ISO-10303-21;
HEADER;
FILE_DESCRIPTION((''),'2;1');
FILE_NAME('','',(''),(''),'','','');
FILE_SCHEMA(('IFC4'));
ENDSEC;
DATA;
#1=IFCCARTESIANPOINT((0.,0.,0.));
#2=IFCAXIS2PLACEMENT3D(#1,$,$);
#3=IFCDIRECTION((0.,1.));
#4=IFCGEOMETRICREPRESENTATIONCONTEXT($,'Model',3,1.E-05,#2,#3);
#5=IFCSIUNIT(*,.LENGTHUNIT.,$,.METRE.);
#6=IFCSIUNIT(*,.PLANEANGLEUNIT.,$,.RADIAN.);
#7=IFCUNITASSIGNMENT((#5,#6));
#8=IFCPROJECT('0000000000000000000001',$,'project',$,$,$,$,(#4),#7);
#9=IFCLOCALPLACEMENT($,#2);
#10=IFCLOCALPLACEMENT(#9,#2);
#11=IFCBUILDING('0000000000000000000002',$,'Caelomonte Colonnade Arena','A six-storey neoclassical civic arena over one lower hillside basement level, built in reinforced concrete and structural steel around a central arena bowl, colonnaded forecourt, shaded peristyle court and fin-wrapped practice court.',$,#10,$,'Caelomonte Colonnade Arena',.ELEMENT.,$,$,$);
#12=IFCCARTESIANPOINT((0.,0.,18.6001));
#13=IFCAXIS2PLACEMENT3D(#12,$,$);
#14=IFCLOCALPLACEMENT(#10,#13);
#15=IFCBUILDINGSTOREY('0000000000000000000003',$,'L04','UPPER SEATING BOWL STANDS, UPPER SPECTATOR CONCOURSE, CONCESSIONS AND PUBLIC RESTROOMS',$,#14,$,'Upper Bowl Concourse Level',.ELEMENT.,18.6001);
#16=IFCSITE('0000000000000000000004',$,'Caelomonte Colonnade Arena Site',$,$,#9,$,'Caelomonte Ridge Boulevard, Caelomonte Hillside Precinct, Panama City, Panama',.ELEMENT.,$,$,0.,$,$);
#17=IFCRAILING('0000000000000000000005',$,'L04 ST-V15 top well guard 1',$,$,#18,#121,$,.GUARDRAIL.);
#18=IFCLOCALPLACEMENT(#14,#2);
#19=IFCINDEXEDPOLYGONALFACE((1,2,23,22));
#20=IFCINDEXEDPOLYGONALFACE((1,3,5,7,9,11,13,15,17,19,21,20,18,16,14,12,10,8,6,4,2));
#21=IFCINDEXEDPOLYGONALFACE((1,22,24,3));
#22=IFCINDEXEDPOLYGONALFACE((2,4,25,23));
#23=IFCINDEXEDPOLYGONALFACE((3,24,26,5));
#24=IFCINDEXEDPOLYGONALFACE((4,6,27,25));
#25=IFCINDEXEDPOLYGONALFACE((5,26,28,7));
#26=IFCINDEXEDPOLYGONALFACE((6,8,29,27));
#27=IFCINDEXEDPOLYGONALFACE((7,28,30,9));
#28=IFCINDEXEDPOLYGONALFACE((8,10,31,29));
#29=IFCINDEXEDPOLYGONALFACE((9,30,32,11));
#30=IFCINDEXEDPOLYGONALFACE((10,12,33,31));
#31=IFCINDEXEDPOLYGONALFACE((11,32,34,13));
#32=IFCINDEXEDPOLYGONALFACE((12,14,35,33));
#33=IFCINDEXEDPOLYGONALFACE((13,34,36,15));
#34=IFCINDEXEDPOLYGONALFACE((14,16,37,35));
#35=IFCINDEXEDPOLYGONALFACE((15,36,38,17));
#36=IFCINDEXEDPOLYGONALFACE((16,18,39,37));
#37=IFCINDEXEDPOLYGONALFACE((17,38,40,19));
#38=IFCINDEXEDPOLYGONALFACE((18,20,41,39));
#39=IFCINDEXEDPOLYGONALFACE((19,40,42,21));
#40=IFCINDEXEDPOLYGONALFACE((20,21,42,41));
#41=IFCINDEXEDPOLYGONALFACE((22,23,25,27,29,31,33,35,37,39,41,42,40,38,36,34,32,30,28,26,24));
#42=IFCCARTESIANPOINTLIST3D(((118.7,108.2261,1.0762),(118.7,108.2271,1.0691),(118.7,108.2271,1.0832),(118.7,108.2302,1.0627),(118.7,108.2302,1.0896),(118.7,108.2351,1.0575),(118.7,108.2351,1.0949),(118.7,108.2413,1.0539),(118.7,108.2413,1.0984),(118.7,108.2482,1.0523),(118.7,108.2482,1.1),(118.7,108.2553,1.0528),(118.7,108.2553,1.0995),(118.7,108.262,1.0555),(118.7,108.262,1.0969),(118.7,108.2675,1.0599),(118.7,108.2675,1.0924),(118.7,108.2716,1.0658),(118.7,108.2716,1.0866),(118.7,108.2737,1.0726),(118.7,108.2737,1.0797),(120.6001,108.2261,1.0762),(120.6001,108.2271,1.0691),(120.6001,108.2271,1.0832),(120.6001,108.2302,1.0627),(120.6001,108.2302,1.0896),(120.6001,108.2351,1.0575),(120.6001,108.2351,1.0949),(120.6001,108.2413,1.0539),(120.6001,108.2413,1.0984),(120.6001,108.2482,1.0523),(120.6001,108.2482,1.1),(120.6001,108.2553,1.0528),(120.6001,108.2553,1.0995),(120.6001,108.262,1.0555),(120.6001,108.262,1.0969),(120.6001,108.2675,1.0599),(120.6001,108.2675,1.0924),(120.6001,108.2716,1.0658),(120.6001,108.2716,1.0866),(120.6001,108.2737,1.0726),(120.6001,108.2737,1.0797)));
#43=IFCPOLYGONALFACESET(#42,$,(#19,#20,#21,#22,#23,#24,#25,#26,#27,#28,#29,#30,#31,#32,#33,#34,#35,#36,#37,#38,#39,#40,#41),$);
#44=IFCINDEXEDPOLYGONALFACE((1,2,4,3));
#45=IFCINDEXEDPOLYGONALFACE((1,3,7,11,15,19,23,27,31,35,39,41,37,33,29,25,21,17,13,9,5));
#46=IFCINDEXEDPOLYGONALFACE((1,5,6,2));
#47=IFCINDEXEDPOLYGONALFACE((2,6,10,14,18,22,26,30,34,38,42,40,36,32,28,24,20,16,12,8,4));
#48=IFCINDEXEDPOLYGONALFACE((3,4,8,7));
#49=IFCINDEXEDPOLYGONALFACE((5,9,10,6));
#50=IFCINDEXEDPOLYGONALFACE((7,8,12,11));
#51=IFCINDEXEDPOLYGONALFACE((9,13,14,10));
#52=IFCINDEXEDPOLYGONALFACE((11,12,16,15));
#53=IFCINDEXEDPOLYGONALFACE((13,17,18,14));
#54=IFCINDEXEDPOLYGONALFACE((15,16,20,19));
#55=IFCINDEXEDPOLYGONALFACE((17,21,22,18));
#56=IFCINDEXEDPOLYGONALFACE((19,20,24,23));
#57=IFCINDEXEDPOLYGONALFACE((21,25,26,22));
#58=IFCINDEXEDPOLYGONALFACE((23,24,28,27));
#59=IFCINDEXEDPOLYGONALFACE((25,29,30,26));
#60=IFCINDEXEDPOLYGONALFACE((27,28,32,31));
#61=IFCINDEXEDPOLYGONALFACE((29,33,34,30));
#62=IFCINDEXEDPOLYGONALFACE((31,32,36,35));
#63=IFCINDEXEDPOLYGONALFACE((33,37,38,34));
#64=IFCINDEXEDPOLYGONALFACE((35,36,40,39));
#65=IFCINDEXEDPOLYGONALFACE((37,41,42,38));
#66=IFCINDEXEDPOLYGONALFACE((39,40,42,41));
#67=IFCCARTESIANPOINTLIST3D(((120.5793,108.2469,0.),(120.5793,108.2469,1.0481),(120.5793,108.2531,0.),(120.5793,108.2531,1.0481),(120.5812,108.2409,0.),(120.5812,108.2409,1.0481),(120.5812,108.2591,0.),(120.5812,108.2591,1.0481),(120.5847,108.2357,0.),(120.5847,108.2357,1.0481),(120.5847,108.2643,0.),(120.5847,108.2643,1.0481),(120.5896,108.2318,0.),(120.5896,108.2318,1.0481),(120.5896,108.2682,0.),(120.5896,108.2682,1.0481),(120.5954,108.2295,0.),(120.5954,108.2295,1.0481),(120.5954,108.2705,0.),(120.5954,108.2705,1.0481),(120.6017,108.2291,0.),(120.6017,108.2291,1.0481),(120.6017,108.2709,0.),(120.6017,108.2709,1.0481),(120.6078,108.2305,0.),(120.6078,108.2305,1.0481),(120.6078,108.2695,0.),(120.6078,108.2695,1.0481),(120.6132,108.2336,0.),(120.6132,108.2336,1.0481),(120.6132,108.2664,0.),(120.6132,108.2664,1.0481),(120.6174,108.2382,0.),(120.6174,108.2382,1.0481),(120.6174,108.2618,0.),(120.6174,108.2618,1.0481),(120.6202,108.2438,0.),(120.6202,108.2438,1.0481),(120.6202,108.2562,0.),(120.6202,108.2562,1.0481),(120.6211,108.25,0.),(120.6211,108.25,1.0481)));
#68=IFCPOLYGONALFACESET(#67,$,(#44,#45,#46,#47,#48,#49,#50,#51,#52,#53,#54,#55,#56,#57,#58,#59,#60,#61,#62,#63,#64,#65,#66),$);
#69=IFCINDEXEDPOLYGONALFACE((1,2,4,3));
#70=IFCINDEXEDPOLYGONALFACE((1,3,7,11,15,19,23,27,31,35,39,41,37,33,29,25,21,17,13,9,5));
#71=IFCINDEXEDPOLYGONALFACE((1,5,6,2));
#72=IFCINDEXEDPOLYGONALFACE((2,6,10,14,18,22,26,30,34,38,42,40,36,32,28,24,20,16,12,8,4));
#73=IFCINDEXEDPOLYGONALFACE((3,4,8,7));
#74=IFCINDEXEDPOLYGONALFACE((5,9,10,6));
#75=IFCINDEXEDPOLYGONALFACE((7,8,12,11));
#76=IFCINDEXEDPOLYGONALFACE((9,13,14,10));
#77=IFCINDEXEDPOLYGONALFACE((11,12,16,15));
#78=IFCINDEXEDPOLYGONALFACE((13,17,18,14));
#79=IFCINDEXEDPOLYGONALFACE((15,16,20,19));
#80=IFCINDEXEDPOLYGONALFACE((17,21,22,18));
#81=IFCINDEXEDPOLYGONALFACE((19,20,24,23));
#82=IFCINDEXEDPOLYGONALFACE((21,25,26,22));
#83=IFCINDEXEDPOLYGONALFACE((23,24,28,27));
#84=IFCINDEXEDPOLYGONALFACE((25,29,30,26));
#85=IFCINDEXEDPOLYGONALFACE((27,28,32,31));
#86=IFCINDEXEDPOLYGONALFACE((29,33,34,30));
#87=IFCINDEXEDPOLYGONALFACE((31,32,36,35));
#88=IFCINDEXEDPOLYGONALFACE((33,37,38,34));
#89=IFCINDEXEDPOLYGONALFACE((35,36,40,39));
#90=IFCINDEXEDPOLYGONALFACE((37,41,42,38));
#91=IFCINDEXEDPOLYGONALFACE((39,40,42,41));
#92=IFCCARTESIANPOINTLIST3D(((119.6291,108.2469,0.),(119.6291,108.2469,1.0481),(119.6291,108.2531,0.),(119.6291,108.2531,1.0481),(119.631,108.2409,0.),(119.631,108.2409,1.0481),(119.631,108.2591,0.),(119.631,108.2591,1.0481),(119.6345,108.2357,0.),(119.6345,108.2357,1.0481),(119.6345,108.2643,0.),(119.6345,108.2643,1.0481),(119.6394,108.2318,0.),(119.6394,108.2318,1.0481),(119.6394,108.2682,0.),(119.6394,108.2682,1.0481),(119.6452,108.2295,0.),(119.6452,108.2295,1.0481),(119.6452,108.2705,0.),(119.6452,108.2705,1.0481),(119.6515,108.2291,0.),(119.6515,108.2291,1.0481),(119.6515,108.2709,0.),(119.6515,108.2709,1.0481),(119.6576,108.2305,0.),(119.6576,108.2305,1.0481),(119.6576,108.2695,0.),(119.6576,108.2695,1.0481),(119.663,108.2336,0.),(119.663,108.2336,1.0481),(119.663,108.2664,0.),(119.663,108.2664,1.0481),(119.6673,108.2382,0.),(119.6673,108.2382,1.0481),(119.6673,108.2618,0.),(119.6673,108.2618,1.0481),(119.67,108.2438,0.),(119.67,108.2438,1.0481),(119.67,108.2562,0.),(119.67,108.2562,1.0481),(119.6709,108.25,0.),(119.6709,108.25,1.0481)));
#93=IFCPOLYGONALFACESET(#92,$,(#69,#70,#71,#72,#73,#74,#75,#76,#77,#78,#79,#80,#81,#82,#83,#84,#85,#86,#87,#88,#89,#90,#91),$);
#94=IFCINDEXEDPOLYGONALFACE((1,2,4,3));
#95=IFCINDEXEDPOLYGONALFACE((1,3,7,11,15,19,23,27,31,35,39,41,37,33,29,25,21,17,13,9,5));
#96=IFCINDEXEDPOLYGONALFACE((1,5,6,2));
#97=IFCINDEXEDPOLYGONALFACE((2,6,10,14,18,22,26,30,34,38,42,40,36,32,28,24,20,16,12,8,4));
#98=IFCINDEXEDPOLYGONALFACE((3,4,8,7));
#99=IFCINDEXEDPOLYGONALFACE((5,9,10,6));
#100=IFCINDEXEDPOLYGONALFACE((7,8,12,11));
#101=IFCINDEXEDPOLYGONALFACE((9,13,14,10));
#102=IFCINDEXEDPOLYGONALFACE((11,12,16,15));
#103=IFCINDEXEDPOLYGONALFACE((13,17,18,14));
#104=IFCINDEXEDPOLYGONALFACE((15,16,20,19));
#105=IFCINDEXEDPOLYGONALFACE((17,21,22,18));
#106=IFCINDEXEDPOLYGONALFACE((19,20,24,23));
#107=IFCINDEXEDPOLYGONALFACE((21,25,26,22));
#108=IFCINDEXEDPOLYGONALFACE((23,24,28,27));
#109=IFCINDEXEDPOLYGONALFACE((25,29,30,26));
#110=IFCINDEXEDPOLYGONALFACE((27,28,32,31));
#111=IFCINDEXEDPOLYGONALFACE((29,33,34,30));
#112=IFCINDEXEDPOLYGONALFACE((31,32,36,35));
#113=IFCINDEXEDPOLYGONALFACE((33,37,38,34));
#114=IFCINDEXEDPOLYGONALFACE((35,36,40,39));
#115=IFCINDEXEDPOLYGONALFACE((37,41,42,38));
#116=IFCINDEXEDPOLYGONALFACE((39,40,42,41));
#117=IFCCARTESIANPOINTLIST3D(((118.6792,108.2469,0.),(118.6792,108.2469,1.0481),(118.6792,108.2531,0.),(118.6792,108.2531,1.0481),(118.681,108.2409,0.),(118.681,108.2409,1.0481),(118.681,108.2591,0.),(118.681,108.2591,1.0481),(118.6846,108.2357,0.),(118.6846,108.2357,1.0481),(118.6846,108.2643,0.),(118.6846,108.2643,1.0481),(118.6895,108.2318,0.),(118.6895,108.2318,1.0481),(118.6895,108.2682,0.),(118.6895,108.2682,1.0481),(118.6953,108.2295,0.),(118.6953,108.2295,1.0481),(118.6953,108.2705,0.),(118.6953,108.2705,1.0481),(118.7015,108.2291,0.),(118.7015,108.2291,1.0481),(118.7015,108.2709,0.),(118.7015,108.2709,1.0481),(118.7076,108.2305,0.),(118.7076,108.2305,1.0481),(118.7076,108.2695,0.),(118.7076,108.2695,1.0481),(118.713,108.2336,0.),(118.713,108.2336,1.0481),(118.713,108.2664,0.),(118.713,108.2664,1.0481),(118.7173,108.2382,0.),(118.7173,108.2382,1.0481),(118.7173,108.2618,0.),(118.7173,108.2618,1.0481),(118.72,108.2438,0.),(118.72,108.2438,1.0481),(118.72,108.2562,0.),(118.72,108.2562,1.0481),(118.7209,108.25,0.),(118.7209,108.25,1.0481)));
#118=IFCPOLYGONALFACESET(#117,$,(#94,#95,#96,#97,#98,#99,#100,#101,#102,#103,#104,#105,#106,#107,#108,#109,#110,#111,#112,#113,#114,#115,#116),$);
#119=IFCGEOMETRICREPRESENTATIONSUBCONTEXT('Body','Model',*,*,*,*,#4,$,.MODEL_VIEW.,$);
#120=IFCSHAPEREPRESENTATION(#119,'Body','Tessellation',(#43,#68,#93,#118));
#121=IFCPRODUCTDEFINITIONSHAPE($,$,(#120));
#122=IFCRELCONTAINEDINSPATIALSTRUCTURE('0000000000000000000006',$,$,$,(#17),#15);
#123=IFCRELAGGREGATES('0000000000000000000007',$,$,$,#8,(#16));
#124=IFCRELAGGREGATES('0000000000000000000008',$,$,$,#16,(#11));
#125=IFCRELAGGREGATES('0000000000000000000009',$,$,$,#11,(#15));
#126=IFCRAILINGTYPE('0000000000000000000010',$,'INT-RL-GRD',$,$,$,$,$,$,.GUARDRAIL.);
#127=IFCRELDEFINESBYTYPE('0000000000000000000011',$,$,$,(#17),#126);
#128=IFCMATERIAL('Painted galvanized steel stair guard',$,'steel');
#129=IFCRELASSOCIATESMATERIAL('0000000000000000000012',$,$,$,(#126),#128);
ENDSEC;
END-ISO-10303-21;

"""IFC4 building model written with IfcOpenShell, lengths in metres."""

from ifc_helpers import new_model, si_unit, direction, frame, origin, origin_2d, place, context, subcontext, project, spatial, circle, extrude, material, type_object, element, save


model = new_model("IFC4")

# Units and contexts
model_context = context("Model", 3, precision=1e-05, world=origin(), true_north=direction((0.0, 1.0)))
body_context = subcontext(model_context, "Body", "Model", "MODEL_VIEW")
ifc_project = project(units=[si_unit("LENGTHUNIT", "METRE"), si_unit("PLANEANGLEUNIT", "RADIAN")], contexts=[model_context])

# Site, building, storey
site_placement = place(None, origin())
site = spatial("IfcSite", under=ifc_project, at=site_placement, Name="Caelomonte Colonnade Arena Site", LongName="Caelomonte Ridge Boulevard, Caelomonte Hillside Precinct, Panama City, Panama", CompositionType="ELEMENT", RefElevation=0.0)
building_placement = place(site_placement, origin())
building = spatial("IfcBuilding", under=site, at=building_placement, Name="Caelomonte Colonnade Arena", Description="A six-storey neoclassical civic arena over one lower hillside basement level, built in reinforced concrete and structural steel around a central arena bowl, colonnaded forecourt, shaded peristyle court and fin-wrapped practice court.", LongName="Caelomonte Colonnade Arena", CompositionType="ELEMENT")
storey_placement = place(building_placement, frame((0.0, 0.0, 18.6001)))
storey = spatial("IfcBuildingStorey", under=building, at=storey_placement, Name="L04", Description="UPPER SEATING BOWL STANDS, UPPER SPECTATOR CONCOURSE, CONCESSIONS AND PUBLIC RESTROOMS", LongName="Upper Bowl Concourse Level", CompositionType="ELEMENT", Elevation=18.6001)

# Railing
ifc_material_1 = material(Name="Painted galvanized steel stair guard", Category="steel")
railing_type_1 = type_object("IfcRailingType", Name="INT-RL-GRD", PredefinedType="GUARDRAIL", material=ifc_material_1)
railing_1_placement = place(storey_placement, frame((120.6001, 108.25, 0.0)))
element("IfcRailing", 1, at=railing_1_placement, inside=storey, type_object=railing_type_1, Name="L04 ST-V15 top well guard 1", PredefinedType="GUARDRAIL", context=body_context, shape_type="SweptSolid", body=[
    extrude(circle(Radius=0.0239, at=origin_2d()), frame((0.0, 0.0, 1.0762), z_axis=(-1.0, 0.0, 0.0), x_axis=(0.0, -1.0, 0.0)), (0.0, 0.0, 1.0), 1.9001),
    extrude(circle(Radius=0.021, at=origin_2d()), origin(), (0.0, 0.0, 1.0), 1.0481),
    extrude(circle(Radius=0.021, at=origin_2d()), frame((-0.9502, 0.0, 0.0)), (0.0, 0.0, 1.0), 1.0481),
    extrude(circle(Radius=0.021, at=origin_2d()), frame((-1.9001, 0.0, 0.0)), (0.0, 0.0, 1.0), 1.0481),
])

save(model, "model.ifc")
